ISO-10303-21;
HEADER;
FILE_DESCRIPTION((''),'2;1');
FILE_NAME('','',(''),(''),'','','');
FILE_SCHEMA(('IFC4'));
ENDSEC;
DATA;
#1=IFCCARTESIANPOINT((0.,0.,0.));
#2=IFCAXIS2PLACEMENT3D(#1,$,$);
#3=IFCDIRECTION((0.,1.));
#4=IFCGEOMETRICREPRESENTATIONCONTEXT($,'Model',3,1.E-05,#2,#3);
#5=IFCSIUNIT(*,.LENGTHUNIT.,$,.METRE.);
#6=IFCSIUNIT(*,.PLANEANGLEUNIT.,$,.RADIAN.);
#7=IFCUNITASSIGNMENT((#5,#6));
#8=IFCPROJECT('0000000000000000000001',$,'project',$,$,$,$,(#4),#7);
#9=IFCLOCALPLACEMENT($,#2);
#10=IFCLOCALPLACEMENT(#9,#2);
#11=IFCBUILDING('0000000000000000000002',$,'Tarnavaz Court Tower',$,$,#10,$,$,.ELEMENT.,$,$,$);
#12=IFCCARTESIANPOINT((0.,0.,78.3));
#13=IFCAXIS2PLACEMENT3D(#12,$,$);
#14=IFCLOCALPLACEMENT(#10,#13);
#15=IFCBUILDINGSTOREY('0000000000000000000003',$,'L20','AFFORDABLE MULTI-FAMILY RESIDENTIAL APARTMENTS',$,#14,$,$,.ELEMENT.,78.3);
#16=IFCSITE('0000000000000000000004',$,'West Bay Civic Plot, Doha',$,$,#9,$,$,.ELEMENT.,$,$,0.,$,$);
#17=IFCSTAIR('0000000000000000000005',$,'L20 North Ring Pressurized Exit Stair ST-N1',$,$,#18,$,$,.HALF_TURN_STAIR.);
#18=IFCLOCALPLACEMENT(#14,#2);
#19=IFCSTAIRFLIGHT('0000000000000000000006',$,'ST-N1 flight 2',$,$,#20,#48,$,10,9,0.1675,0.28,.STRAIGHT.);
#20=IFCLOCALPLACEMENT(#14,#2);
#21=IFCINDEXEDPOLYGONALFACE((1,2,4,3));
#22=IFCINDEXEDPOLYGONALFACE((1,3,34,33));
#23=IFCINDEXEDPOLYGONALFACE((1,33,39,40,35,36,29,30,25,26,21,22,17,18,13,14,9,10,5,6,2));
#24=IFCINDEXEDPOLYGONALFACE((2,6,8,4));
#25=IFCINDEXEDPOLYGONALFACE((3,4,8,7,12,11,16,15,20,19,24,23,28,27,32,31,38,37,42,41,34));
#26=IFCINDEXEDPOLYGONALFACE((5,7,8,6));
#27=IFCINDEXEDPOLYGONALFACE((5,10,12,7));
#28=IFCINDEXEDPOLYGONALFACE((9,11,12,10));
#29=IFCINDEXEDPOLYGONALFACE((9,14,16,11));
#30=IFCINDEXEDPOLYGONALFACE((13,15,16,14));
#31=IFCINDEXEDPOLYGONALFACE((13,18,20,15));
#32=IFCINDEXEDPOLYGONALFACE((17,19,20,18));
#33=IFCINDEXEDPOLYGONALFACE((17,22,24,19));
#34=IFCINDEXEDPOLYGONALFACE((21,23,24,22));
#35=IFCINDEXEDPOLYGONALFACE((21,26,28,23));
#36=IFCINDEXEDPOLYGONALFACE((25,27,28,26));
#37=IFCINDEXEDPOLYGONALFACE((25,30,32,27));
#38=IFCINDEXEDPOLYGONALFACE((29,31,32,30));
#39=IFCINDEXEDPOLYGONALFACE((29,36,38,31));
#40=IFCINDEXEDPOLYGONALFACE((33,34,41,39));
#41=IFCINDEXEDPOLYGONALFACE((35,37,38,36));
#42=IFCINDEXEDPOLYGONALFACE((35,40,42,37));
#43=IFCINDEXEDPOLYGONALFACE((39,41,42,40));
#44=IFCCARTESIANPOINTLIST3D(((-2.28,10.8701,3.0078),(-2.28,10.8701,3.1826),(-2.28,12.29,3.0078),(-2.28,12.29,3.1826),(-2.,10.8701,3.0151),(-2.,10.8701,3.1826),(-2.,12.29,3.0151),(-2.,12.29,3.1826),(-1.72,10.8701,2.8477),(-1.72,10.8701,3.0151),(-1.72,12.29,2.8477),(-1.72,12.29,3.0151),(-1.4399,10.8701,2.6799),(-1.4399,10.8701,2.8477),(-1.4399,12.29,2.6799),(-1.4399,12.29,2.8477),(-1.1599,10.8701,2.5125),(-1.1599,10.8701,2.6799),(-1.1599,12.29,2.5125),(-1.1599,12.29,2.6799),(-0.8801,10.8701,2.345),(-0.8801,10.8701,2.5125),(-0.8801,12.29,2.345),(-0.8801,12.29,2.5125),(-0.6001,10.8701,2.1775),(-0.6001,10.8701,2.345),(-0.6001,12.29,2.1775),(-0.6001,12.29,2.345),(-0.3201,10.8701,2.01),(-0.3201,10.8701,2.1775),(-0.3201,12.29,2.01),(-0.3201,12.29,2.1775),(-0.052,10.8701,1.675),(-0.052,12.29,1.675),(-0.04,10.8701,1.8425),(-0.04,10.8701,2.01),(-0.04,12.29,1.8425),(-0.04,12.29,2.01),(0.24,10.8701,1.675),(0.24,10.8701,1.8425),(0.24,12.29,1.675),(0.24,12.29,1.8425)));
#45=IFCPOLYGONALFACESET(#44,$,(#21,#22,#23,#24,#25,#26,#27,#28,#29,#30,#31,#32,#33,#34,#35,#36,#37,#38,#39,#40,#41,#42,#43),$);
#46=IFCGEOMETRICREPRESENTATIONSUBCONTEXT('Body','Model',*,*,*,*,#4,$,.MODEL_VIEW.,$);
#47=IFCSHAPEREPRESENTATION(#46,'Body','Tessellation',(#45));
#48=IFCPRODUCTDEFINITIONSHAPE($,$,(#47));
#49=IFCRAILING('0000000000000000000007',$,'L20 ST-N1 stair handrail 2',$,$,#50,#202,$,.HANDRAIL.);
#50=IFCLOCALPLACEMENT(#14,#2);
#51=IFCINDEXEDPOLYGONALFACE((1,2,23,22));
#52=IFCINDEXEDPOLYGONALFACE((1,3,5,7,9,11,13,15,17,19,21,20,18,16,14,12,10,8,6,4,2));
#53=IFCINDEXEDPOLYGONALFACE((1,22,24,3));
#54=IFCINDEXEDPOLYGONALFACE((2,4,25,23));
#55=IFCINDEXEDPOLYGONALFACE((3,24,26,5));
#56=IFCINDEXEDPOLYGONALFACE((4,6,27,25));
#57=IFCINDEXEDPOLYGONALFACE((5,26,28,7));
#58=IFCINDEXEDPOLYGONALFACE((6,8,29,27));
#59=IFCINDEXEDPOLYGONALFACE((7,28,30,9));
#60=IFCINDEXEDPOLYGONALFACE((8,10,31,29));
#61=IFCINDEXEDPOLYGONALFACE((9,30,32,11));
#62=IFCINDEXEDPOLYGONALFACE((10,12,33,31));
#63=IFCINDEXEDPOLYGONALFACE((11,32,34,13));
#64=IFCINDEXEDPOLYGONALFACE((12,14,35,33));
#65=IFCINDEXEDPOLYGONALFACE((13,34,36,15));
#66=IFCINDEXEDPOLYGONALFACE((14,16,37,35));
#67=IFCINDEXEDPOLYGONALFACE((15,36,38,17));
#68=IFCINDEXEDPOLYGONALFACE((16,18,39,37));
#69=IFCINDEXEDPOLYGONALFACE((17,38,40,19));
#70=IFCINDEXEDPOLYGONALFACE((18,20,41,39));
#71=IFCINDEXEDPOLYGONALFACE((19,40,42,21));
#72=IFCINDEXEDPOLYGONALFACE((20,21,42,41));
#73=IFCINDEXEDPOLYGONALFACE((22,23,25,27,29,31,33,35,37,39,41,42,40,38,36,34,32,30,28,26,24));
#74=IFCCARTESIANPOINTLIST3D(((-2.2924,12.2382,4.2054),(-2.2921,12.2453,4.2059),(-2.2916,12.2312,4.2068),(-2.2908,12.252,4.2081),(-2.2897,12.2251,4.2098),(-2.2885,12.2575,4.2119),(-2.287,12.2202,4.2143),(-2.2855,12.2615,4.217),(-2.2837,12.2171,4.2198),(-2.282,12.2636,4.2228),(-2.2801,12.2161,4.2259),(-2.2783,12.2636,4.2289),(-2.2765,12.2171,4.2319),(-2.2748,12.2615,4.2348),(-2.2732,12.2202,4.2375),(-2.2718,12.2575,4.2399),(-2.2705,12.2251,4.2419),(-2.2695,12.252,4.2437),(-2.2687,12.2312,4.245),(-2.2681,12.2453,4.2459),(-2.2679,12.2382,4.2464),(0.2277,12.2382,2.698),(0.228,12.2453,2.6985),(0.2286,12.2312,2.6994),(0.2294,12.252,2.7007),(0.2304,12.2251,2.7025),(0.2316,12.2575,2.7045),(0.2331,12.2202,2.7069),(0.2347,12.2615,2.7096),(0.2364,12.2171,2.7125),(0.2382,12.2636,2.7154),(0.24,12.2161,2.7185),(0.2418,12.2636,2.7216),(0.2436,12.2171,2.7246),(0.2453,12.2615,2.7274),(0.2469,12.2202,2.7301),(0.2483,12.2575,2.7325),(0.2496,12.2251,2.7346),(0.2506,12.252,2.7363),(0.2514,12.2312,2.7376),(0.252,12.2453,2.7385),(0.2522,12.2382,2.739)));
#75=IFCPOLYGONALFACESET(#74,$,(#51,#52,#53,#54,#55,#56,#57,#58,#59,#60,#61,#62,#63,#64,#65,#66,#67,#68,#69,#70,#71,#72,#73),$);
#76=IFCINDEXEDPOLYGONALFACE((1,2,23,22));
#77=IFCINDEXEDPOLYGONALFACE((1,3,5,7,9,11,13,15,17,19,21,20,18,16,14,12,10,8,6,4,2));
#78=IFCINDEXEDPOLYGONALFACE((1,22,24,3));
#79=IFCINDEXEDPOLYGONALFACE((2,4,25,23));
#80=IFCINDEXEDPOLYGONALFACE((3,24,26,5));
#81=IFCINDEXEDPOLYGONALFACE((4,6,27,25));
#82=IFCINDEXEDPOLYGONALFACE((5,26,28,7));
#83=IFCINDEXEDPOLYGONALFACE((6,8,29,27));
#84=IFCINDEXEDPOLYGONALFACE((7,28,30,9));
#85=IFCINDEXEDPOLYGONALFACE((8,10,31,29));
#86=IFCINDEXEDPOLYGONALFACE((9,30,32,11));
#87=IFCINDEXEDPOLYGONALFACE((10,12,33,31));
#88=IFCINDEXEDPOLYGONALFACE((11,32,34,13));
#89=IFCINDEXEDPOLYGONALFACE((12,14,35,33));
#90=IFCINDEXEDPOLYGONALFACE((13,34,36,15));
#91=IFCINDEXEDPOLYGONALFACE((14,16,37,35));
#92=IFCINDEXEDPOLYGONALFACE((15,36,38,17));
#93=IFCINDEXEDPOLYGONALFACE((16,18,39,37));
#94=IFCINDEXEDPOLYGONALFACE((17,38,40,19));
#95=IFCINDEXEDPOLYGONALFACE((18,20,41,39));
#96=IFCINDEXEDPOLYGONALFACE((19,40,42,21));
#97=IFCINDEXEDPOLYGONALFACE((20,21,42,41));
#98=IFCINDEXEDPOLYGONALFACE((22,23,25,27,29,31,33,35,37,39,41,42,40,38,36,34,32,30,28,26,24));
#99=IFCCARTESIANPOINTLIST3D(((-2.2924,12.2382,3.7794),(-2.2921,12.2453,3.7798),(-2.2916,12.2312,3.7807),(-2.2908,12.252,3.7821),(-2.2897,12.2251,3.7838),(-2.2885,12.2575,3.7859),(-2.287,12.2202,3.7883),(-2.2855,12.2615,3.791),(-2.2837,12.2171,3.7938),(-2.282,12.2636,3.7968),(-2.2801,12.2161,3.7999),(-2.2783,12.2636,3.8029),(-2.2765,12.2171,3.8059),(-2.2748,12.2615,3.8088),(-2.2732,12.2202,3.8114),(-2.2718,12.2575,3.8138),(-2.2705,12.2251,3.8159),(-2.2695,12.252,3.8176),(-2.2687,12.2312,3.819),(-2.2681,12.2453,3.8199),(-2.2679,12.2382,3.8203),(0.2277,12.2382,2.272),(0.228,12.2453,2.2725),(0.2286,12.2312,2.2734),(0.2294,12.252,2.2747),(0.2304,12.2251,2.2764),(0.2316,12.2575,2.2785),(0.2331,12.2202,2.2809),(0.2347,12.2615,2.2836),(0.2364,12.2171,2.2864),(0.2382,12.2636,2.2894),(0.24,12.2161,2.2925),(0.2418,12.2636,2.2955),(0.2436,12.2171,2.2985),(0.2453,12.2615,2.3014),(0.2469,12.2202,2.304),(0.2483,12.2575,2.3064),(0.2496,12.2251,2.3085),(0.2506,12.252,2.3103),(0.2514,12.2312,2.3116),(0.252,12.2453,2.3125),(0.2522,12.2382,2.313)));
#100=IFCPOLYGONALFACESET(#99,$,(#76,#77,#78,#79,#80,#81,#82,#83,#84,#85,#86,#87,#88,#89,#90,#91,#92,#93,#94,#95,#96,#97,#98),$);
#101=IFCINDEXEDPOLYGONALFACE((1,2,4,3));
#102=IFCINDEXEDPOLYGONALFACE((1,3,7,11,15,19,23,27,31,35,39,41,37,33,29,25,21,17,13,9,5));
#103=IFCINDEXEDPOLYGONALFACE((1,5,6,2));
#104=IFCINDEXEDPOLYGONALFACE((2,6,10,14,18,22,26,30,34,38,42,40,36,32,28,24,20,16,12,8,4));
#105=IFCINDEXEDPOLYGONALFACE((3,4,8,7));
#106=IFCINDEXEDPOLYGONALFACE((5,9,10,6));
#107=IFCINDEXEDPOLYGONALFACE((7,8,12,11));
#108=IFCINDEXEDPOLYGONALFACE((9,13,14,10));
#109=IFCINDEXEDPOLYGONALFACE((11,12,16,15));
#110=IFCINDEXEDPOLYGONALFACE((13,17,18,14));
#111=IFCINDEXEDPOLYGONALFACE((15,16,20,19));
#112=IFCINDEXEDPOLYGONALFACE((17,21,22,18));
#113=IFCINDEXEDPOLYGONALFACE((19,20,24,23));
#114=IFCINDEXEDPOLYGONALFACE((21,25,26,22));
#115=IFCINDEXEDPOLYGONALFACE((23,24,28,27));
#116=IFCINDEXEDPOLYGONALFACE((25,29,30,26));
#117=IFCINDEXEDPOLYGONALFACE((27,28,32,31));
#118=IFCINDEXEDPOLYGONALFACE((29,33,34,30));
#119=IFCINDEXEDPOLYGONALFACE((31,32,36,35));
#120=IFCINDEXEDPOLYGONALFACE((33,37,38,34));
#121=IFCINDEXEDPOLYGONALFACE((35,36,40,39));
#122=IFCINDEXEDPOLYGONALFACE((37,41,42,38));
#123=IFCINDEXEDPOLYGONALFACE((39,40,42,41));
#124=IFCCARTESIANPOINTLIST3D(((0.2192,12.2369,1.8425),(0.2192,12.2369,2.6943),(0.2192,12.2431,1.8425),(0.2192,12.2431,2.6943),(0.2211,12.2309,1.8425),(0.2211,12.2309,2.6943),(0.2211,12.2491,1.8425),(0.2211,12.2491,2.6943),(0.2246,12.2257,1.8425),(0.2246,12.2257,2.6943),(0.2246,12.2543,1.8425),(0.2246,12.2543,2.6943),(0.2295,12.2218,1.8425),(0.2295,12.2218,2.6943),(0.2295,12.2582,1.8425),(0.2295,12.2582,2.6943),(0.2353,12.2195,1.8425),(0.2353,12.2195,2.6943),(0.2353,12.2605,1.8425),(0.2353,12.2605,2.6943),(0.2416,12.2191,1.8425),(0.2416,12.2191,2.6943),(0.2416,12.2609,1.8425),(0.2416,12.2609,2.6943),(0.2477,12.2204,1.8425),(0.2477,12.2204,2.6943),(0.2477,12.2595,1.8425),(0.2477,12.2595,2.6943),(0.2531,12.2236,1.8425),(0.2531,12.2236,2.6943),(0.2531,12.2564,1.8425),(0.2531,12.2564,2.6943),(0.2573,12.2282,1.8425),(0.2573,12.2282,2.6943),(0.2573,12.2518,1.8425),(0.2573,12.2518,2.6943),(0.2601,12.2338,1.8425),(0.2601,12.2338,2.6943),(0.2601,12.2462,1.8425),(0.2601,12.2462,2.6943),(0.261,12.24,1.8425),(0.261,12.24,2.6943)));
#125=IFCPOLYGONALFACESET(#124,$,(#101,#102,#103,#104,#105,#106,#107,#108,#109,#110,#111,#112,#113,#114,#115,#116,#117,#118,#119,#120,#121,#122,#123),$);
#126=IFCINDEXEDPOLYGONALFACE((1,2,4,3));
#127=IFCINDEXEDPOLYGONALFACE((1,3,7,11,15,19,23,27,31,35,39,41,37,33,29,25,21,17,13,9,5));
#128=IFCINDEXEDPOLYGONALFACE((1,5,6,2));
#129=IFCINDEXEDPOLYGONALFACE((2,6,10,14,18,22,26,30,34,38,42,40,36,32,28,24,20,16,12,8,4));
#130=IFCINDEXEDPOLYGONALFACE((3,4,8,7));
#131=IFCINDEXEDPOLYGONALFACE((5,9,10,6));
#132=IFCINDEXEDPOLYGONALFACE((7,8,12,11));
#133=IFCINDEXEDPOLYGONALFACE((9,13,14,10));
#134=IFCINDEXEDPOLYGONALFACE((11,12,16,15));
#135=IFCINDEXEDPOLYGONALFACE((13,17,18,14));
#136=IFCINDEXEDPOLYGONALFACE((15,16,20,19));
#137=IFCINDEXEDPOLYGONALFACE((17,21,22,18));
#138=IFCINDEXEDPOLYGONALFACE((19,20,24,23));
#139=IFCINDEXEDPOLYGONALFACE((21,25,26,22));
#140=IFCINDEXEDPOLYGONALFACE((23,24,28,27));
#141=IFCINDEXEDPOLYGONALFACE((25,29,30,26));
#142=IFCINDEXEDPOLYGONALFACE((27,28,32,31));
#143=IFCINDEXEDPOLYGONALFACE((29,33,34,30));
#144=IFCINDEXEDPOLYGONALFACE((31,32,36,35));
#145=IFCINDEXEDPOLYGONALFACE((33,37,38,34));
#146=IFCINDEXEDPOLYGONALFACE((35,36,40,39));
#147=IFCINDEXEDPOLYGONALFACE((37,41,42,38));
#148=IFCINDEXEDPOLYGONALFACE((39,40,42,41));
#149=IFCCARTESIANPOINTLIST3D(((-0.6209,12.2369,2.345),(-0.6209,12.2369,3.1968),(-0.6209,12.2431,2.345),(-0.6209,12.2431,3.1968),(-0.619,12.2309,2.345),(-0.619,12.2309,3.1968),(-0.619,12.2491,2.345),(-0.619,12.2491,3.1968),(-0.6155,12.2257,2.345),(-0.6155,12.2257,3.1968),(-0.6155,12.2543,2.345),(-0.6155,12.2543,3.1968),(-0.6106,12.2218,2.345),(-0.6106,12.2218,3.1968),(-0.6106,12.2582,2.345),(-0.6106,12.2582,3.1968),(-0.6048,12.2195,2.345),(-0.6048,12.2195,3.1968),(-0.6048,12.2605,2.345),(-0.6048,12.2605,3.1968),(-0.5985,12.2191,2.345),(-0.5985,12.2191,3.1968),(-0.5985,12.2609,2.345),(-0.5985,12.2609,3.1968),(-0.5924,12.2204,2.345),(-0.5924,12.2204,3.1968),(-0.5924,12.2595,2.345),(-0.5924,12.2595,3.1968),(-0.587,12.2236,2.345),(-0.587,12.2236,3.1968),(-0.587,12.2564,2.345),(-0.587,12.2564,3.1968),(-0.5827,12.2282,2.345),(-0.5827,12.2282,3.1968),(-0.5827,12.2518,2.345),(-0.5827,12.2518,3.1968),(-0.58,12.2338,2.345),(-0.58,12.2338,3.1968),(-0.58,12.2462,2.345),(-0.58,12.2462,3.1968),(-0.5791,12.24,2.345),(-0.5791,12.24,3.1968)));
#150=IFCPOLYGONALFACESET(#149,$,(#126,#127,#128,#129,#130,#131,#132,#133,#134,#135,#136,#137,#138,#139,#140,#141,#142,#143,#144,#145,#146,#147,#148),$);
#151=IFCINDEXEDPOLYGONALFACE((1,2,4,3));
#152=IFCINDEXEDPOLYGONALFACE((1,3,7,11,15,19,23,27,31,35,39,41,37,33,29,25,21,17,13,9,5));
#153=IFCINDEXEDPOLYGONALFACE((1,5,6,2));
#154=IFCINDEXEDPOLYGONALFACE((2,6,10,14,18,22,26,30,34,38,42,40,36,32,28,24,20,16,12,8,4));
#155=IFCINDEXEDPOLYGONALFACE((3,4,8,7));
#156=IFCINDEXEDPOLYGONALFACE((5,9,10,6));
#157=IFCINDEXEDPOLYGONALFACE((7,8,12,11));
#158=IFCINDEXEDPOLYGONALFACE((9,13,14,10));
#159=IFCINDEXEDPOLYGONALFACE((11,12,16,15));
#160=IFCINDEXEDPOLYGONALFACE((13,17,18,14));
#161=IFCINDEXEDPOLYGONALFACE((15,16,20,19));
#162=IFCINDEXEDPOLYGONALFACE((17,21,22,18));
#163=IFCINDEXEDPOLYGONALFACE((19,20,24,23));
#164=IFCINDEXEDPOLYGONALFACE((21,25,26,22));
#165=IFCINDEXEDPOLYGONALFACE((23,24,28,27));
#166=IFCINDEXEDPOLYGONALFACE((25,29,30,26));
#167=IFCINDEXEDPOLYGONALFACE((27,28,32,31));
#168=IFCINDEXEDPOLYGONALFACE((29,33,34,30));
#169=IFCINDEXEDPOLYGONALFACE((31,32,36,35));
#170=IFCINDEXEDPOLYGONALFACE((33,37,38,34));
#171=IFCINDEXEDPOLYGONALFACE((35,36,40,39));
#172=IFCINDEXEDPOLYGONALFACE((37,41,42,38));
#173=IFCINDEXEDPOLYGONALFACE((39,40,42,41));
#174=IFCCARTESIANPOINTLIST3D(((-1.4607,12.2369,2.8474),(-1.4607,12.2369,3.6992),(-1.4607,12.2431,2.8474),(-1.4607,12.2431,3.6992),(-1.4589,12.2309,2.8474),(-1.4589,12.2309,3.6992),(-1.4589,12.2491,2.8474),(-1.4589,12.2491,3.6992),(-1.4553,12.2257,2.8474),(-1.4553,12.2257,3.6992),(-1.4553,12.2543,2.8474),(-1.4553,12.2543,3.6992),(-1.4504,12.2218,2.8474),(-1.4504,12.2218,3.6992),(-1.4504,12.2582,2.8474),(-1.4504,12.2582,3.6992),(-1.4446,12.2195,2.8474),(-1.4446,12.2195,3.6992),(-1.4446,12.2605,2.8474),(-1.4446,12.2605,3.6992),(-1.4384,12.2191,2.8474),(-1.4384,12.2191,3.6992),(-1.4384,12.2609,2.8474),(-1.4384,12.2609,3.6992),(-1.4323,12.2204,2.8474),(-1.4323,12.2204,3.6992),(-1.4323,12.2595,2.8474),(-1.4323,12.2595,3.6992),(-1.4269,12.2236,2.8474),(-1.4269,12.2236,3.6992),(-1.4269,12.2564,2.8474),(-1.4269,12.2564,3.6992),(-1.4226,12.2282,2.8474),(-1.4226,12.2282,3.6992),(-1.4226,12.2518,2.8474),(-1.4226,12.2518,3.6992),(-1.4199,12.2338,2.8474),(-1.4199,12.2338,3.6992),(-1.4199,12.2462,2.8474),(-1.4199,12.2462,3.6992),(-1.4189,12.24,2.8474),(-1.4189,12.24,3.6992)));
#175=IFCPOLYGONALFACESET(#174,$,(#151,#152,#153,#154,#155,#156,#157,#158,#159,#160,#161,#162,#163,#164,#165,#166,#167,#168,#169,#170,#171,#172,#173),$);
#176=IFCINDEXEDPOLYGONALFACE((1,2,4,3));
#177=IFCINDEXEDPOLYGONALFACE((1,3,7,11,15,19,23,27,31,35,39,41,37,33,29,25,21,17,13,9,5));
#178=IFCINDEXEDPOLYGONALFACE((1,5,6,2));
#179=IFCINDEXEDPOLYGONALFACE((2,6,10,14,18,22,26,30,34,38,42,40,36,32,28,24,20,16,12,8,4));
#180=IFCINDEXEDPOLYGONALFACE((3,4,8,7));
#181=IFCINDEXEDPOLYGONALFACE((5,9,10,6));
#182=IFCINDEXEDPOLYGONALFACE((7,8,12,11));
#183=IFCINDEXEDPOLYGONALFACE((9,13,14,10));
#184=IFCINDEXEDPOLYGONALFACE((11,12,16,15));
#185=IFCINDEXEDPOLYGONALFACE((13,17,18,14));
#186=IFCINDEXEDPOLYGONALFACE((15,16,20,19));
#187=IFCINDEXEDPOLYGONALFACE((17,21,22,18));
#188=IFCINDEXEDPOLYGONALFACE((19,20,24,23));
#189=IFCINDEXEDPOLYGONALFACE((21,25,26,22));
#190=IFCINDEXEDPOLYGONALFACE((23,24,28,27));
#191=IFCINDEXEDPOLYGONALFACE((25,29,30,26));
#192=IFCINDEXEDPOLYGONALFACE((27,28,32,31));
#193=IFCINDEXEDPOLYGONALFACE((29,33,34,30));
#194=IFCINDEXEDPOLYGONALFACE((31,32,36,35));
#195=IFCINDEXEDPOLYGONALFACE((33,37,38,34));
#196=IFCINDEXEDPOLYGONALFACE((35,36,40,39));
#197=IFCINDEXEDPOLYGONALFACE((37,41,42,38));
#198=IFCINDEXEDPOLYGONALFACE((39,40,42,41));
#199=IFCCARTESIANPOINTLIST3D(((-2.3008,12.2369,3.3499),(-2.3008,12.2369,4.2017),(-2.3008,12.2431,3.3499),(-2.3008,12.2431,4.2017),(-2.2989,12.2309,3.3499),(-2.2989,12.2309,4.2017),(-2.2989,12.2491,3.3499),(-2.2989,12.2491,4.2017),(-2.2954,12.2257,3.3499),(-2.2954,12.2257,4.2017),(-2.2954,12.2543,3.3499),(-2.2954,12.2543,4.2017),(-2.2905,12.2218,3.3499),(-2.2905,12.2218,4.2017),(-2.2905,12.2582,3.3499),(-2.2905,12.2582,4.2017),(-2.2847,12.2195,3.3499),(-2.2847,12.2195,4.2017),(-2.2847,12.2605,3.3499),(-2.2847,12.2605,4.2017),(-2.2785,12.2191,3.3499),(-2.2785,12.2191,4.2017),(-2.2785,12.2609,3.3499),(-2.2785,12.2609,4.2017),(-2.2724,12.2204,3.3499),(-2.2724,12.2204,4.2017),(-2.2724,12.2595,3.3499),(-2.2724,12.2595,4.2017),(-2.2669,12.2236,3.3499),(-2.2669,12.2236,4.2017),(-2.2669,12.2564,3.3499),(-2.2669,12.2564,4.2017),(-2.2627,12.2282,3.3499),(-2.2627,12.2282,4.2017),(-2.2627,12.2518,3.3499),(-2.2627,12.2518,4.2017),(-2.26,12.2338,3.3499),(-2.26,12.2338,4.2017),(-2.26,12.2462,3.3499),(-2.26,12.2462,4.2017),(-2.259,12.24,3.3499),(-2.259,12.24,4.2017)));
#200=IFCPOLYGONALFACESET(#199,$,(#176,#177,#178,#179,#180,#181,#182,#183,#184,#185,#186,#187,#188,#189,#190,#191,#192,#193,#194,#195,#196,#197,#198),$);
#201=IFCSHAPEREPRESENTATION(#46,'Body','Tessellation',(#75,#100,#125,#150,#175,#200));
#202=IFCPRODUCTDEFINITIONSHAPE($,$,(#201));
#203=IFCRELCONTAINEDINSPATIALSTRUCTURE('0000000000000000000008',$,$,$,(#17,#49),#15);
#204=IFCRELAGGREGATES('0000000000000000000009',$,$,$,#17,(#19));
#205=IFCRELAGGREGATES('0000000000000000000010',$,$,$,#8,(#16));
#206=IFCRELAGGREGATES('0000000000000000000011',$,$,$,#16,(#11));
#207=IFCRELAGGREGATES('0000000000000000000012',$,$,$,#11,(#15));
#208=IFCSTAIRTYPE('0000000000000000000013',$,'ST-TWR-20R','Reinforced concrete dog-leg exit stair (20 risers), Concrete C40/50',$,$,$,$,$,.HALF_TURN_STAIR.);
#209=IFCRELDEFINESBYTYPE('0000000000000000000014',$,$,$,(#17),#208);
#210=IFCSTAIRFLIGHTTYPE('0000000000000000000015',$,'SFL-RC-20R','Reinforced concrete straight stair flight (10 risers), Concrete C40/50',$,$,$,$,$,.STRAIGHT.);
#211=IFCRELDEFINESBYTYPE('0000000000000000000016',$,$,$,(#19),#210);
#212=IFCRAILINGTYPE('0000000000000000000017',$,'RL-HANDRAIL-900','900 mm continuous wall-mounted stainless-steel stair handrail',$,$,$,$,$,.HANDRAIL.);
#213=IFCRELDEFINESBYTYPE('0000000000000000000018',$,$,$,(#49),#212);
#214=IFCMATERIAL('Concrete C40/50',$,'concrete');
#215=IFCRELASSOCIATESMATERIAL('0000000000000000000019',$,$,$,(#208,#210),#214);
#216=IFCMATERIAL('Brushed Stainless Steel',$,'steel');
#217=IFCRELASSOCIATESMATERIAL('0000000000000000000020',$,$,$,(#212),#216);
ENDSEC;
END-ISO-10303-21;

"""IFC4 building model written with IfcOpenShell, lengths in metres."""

from ifc_helpers import new_model, si_unit, direction, frame, origin, origin_2d, place, context, subcontext, project, spatial, polyline, circle, outline, extrude, material, type_object, element, aggregate, save


model = new_model("IFC4")

# Units and contexts
model_context = context("Model", 3, precision=1e-05, world=origin(), true_north=direction((0.0, 1.0)))
body_context = subcontext(model_context, "Body", "Model", "MODEL_VIEW")
ifc_project = project(units=[si_unit("LENGTHUNIT", "METRE"), si_unit("PLANEANGLEUNIT", "RADIAN")], contexts=[model_context])

# Site, building, storey
site_placement = place(None, origin())
site = spatial("IfcSite", under=ifc_project, at=site_placement, Name="West Bay Civic Plot, Doha", CompositionType="ELEMENT", RefElevation=0.0)
building_placement = place(site_placement, origin())
building = spatial("IfcBuilding", under=site, at=building_placement, Name="Tarnavaz Court Tower", CompositionType="ELEMENT")
storey_placement = place(building_placement, frame((0.0, 0.0, 78.3)))
storey = spatial("IfcBuildingStorey", under=building, at=storey_placement, Name="L20", Description="AFFORDABLE MULTI-FAMILY RESIDENTIAL APARTMENTS", CompositionType="ELEMENT", Elevation=78.3)

# Stair
ifc_material_1 = material(Name="Concrete C40/50", Category="concrete")
stair_type = type_object("IfcStairType", Name="ST-TWR-20R", Description="Reinforced concrete dog-leg exit stair (20 risers), Concrete C40/50", PredefinedType="HALF_TURN_STAIR", material=ifc_material_1)
stair_1_placement = place(storey_placement, origin())
stair_1 = element("IfcStair", 1, at=stair_1_placement, inside=storey, type_object=stair_type, Name="L20 North Ring Pressurized Exit Stair ST-N1", PredefinedType="HALF_TURN_STAIR")

# Stair flight
stair_flight_type = type_object("IfcStairFlightType", Name="SFL-RC-20R", Description="Reinforced concrete straight stair flight (10 risers), Concrete C40/50", PredefinedType="STRAIGHT", material=ifc_material_1)
stair_flight_placement = place(storey_placement, frame((0.24, 11.5801, 1.675), z_axis=(0.0, 0.0, 1.0), x_axis=(-1.0, 0.0, 0.0)))
stair_flight = element("IfcStairFlight", 2, at=stair_flight_placement, type_object=stair_flight_type, Name="ST-N1 flight 2", NumberOfRisers=10, NumberOfTreads=9, PredefinedType="STRAIGHT", RiserHeight=0.1675, TreadLength=0.28, context=body_context, shape_type="SweptSolid", body=[
    extrude(outline(polyline([(0.0, 0.0), (0.0, 0.1675), (0.28, 0.1675), (0.28, 0.335), (0.5601, 0.335), (0.5601, 0.5024), (0.8401, 0.5024), (0.8401, 0.6699), (1.1201, 0.6699), (1.1201, 0.8374), (1.3999, 0.8374), (1.3999, 1.0049), (1.6799, 1.0049), (1.6799, 1.1726), (1.96, 1.1726), (1.96, 1.3401), (2.24, 1.3401), (2.24, 1.5076), (2.52, 1.5076), (2.52, 1.675), (2.52, 1.3328), (0.292, 0.0), (0.0, 0.0)])), frame((0.0, 0.71, 0.0), z_axis=(0.0, -1.0, 0.0), x_axis=(1.0, 0.0, 0.0)), (0.0, 0.0, 1.0), 1.4199),
])
aggregate(stair_1, [stair_flight])

# Railing
ifc_material_2 = material(Name="Brushed Stainless Steel", Category="steel")
railing_type_1 = type_object("IfcRailingType", Name="RL-HANDRAIL-900", Description="900 mm continuous wall-mounted stainless-steel stair handrail", PredefinedType="HANDRAIL", material=ifc_material_2)
railing_1_placement = place(storey_placement, frame((0.24, 12.24, 1.8425)))
element("IfcRailing", 3, at=railing_1_placement, inside=storey, type_object=railing_type_1, Name="L20 ST-N1 stair handrail 2", PredefinedType="HANDRAIL", context=body_context, shape_type="SweptSolid", body=[
    extrude(circle(Radius=0.0239, at=origin_2d()), frame((0.0, 0.0, 0.876), z_axis=(-0.858196, 0.0, 0.513321), x_axis=(0.0, -1.0, 0.0)), (0.0, 0.0, 1.0), 2.9365),
    extrude(circle(Radius=0.0239, at=origin_2d()), frame((0.0, 0.0, 0.45), z_axis=(-0.858196, 0.0, 0.513321), x_axis=(0.0, -1.0, 0.0)), (0.0, 0.0, 1.0), 2.9365),
    extrude(circle(Radius=0.021, at=origin_2d()), origin(), (0.0, 0.0, 1.0), 0.8518),
    extrude(circle(Radius=0.021, at=origin_2d()), frame((-0.8401, 0.0, 0.5024)), (0.0, 0.0, 1.0), 0.8518),
    extrude(circle(Radius=0.021, at=origin_2d()), frame((-1.6799, 0.0, 1.0049)), (0.0, 0.0, 1.0), 0.8518),
    extrude(circle(Radius=0.021, at=origin_2d()), frame((-2.52, 0.0, 1.5073)), (0.0, 0.0, 1.0), 0.8518),
])

save(model, "model.ifc")
